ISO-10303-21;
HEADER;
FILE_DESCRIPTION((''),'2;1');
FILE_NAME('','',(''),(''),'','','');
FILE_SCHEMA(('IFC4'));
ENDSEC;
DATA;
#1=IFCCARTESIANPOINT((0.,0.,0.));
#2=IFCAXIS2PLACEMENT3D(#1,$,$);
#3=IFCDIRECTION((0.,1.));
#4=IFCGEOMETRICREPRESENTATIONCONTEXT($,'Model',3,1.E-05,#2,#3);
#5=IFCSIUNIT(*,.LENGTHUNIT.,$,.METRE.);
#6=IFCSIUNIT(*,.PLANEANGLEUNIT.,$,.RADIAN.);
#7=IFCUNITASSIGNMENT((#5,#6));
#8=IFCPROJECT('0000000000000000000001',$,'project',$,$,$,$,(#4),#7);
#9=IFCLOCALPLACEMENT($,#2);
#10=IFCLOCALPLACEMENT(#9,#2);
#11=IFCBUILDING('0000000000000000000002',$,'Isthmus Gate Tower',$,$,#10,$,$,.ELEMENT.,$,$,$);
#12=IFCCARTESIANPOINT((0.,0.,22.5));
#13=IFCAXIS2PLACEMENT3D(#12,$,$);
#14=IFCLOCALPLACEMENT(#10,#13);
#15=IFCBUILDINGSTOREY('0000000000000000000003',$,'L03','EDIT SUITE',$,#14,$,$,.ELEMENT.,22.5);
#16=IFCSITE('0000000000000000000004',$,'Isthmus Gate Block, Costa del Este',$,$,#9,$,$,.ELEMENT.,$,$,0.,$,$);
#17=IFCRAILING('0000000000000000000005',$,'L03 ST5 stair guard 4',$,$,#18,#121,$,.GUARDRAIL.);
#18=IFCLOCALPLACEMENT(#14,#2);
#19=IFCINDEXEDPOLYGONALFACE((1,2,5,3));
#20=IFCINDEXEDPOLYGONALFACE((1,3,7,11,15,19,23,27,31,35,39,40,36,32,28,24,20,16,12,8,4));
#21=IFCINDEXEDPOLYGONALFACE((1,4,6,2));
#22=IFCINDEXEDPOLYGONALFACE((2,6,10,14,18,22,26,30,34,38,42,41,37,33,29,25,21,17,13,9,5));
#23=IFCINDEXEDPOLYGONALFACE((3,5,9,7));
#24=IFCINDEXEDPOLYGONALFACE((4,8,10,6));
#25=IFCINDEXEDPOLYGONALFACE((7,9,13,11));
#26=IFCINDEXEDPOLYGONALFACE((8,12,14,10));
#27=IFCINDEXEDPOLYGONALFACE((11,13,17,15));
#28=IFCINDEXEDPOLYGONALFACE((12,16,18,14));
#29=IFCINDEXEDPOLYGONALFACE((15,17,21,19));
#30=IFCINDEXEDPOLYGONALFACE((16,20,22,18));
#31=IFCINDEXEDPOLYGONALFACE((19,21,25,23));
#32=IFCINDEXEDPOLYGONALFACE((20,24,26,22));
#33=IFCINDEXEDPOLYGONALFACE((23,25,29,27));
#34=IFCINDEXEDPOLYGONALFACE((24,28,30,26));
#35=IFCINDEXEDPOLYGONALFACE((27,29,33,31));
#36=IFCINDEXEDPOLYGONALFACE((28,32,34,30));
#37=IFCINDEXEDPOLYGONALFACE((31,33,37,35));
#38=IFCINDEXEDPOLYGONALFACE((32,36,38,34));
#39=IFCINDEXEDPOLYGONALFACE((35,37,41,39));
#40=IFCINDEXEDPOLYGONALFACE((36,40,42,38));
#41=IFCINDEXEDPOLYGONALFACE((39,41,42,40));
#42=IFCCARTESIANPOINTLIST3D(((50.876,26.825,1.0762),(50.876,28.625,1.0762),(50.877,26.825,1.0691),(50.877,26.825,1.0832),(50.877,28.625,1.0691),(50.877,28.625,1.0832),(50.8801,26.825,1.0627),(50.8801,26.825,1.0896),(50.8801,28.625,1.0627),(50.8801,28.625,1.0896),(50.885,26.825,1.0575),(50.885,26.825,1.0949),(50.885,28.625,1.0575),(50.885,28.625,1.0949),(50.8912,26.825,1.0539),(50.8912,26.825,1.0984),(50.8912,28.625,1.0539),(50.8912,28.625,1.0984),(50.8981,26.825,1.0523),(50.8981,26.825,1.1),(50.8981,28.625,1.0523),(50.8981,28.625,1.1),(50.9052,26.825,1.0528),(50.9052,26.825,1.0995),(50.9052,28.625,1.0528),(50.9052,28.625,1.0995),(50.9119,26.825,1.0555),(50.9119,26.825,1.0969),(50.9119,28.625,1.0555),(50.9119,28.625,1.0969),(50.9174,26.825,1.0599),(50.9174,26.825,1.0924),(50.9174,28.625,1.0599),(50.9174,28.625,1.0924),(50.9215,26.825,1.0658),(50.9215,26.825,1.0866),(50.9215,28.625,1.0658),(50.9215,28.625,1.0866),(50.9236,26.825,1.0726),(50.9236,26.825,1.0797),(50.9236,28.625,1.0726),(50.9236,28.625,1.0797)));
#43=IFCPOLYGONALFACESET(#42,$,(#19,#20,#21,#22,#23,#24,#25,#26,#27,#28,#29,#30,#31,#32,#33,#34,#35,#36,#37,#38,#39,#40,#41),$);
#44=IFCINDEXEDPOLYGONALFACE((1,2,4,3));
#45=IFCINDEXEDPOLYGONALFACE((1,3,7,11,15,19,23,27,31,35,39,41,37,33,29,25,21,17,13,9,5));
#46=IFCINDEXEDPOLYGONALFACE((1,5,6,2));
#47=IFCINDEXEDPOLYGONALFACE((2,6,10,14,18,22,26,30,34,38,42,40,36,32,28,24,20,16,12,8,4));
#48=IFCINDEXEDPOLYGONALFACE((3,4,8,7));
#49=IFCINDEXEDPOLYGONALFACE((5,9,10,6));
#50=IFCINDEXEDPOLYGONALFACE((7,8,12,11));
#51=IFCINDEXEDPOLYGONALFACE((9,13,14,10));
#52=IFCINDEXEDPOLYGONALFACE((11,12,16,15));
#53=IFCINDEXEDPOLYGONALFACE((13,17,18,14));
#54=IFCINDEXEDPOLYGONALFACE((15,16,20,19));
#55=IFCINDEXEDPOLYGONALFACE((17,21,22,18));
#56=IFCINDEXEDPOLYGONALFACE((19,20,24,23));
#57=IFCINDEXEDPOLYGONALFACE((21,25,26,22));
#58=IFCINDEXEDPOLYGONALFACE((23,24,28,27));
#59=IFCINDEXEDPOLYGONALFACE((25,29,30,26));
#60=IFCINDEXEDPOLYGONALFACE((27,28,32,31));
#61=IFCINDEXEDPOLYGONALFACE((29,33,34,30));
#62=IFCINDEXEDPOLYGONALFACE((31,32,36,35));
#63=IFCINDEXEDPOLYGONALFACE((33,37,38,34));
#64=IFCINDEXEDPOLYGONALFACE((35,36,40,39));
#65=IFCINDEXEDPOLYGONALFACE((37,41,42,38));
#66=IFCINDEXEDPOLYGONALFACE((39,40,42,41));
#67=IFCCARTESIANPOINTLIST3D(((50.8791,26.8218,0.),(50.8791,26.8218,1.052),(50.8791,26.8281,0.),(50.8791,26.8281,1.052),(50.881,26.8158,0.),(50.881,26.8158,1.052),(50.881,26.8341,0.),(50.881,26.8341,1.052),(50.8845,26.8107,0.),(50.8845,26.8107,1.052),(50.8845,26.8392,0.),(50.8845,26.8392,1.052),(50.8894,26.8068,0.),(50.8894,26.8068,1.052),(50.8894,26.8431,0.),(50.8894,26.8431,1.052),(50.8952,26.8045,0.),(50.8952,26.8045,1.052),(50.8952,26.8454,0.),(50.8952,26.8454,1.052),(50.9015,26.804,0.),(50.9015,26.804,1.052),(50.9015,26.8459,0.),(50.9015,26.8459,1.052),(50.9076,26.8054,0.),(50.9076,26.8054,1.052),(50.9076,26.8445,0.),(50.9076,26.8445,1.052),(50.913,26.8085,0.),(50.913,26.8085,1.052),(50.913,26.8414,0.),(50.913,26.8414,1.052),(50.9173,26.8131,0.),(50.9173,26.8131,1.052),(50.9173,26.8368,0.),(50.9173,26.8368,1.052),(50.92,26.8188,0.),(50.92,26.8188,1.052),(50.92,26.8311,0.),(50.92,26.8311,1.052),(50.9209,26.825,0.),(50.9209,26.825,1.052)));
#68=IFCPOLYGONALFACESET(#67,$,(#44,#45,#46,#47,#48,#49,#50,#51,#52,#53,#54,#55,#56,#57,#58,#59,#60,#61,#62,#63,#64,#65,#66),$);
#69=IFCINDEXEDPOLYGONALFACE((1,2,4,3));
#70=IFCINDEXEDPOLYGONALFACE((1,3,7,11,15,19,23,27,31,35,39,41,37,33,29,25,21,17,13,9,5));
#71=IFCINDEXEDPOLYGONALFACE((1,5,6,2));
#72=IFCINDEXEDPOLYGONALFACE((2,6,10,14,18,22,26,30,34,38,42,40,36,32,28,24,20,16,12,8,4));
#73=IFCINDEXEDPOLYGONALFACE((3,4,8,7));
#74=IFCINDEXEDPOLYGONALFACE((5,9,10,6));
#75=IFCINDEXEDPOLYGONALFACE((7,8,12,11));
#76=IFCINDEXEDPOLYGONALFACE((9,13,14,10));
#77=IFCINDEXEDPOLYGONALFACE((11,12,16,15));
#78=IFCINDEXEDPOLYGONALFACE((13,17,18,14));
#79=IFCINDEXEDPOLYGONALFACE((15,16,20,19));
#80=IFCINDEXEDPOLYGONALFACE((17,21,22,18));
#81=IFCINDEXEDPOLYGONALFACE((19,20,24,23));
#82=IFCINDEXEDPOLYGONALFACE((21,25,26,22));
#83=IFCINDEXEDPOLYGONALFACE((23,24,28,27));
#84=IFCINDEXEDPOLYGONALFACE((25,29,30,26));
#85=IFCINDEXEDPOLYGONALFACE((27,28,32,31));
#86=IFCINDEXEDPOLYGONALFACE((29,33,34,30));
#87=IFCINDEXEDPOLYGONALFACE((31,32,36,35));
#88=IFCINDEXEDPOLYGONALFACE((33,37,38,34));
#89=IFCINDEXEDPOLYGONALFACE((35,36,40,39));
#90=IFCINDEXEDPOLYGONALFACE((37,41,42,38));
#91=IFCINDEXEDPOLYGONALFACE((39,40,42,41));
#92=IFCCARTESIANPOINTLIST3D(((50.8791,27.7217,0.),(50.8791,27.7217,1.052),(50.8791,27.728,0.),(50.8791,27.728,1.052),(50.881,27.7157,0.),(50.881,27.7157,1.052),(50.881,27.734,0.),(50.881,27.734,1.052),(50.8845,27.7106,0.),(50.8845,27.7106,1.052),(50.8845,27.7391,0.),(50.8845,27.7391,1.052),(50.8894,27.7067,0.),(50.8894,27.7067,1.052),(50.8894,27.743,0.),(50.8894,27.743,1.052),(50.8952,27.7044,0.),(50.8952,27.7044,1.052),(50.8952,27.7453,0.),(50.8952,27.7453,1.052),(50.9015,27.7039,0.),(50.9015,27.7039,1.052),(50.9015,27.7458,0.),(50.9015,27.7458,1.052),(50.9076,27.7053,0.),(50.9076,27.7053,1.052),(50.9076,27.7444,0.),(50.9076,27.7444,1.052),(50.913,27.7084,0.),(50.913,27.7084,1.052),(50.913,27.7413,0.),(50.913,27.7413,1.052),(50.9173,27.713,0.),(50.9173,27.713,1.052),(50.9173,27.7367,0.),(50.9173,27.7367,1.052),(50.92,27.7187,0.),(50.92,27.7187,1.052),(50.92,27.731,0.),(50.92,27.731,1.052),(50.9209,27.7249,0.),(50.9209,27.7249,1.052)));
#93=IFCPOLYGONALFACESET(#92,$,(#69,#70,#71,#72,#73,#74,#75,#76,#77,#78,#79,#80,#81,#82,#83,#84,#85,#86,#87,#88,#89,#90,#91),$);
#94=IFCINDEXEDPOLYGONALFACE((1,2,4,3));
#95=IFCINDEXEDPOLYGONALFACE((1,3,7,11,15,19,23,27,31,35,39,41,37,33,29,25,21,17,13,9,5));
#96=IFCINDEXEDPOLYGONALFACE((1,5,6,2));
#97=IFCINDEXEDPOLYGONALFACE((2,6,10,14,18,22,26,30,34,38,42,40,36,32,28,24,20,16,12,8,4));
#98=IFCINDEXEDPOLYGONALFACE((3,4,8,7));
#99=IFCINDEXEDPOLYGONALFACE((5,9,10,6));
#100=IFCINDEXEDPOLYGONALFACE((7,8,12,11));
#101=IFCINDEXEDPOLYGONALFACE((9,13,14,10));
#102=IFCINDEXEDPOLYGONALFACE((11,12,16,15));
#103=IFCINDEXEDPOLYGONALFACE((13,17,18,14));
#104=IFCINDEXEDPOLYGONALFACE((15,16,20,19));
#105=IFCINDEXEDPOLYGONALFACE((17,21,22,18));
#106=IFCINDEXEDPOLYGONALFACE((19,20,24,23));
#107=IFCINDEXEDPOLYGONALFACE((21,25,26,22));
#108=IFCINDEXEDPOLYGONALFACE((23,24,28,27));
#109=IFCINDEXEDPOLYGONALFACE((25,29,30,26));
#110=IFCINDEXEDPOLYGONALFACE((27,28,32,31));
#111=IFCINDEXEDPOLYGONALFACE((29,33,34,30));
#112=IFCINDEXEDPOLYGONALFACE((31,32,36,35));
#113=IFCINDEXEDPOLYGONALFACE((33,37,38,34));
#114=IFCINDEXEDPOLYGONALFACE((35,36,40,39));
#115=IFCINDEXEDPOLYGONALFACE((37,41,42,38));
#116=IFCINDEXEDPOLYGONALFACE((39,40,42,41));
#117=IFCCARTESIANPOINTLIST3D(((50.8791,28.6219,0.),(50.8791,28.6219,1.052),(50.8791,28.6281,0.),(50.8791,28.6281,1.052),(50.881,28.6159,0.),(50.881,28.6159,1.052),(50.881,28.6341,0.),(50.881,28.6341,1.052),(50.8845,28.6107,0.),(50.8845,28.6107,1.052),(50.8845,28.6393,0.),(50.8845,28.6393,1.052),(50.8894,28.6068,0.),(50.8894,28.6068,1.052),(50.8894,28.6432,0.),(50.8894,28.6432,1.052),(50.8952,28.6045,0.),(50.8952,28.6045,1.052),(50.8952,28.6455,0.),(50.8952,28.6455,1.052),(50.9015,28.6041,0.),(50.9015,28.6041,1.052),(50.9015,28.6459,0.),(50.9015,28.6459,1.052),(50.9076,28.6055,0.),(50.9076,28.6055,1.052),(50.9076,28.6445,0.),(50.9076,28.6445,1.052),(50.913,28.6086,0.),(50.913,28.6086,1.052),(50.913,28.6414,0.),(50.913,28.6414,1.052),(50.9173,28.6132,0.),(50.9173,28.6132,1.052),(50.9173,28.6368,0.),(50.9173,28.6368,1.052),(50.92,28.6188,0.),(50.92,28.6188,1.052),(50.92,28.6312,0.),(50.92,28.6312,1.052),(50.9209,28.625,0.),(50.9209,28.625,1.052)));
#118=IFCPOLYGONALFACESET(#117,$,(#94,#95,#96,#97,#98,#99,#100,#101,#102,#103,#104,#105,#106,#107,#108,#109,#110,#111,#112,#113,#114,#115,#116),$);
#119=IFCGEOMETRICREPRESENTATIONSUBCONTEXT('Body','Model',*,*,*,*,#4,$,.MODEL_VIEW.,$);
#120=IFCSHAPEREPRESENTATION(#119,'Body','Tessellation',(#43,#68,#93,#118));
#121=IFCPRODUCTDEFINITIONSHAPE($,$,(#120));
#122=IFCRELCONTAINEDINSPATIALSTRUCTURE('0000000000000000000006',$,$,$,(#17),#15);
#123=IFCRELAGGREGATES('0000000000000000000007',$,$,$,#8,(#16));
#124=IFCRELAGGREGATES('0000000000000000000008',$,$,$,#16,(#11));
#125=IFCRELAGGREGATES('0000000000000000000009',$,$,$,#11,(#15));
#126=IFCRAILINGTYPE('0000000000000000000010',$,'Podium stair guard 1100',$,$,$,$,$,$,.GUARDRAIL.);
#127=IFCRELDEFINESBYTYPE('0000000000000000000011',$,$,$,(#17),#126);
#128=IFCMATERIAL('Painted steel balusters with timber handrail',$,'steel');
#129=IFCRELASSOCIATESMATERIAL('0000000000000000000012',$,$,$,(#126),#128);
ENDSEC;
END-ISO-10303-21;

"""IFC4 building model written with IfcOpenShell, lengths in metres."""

from ifc_helpers import new_model, si_unit, direction, frame, origin, origin_2d, place, context, subcontext, project, spatial, circle, extrude, material, type_object, element, save


model = new_model("IFC4")

# Units and contexts
model_context = context("Model", 3, precision=1e-05, world=origin(), true_north=direction((0.0, 1.0)))
body_context = subcontext(model_context, "Body", "Model", "MODEL_VIEW")
ifc_project = project(units=[si_unit("LENGTHUNIT", "METRE"), si_unit("PLANEANGLEUNIT", "RADIAN")], contexts=[model_context])

# Site, building, storey
site_placement = place(None, origin())
site = spatial("IfcSite", under=ifc_project, at=site_placement, Name="Isthmus Gate Block, Costa del Este", CompositionType="ELEMENT", RefElevation=0.0)
building_placement = place(site_placement, origin())
building = spatial("IfcBuilding", under=site, at=building_placement, Name="Isthmus Gate Tower", CompositionType="ELEMENT")
storey_placement = place(building_placement, frame((0.0, 0.0, 22.5)))
storey = spatial("IfcBuildingStorey", under=building, at=storey_placement, Name="L03", Description="EDIT SUITE", CompositionType="ELEMENT", Elevation=22.5)

# Railing
ifc_material_1 = material(Name="Painted steel balusters with timber handrail", Category="steel")
railing_type_1 = type_object("IfcRailingType", Name="Podium stair guard 1100", PredefinedType="GUARDRAIL", material=ifc_material_1)
railing_1_placement = place(storey_placement, frame((50.8999, 26.825, 0.0)))
element("IfcRailing", 1, at=railing_1_placement, inside=storey, type_object=railing_type_1, Name="L03 ST5 stair guard 4", PredefinedType="GUARDRAIL", context=body_context, shape_type="SweptSolid", body=[
    extrude(circle(Radius=0.0239, at=origin_2d()), frame((0.0, 0.0, 1.0762), z_axis=(0.0, 1.0, 0.0), x_axis=(-1.0, 0.0, 0.0)), (0.0, 0.0, 1.0), 1.8),
    extrude(circle(Radius=0.021, at=origin_2d()), origin(), (0.0, 0.0, 1.0), 1.052),
    extrude(circle(Radius=0.021, at=origin_2d()), frame((0.0, 0.8999, 0.0)), (0.0, 0.0, 1.0), 1.052),
    extrude(circle(Radius=0.021, at=origin_2d()), frame((0.0, 1.8, 0.0)), (0.0, 0.0, 1.0), 1.052),
])

save(model, "model.ifc")
